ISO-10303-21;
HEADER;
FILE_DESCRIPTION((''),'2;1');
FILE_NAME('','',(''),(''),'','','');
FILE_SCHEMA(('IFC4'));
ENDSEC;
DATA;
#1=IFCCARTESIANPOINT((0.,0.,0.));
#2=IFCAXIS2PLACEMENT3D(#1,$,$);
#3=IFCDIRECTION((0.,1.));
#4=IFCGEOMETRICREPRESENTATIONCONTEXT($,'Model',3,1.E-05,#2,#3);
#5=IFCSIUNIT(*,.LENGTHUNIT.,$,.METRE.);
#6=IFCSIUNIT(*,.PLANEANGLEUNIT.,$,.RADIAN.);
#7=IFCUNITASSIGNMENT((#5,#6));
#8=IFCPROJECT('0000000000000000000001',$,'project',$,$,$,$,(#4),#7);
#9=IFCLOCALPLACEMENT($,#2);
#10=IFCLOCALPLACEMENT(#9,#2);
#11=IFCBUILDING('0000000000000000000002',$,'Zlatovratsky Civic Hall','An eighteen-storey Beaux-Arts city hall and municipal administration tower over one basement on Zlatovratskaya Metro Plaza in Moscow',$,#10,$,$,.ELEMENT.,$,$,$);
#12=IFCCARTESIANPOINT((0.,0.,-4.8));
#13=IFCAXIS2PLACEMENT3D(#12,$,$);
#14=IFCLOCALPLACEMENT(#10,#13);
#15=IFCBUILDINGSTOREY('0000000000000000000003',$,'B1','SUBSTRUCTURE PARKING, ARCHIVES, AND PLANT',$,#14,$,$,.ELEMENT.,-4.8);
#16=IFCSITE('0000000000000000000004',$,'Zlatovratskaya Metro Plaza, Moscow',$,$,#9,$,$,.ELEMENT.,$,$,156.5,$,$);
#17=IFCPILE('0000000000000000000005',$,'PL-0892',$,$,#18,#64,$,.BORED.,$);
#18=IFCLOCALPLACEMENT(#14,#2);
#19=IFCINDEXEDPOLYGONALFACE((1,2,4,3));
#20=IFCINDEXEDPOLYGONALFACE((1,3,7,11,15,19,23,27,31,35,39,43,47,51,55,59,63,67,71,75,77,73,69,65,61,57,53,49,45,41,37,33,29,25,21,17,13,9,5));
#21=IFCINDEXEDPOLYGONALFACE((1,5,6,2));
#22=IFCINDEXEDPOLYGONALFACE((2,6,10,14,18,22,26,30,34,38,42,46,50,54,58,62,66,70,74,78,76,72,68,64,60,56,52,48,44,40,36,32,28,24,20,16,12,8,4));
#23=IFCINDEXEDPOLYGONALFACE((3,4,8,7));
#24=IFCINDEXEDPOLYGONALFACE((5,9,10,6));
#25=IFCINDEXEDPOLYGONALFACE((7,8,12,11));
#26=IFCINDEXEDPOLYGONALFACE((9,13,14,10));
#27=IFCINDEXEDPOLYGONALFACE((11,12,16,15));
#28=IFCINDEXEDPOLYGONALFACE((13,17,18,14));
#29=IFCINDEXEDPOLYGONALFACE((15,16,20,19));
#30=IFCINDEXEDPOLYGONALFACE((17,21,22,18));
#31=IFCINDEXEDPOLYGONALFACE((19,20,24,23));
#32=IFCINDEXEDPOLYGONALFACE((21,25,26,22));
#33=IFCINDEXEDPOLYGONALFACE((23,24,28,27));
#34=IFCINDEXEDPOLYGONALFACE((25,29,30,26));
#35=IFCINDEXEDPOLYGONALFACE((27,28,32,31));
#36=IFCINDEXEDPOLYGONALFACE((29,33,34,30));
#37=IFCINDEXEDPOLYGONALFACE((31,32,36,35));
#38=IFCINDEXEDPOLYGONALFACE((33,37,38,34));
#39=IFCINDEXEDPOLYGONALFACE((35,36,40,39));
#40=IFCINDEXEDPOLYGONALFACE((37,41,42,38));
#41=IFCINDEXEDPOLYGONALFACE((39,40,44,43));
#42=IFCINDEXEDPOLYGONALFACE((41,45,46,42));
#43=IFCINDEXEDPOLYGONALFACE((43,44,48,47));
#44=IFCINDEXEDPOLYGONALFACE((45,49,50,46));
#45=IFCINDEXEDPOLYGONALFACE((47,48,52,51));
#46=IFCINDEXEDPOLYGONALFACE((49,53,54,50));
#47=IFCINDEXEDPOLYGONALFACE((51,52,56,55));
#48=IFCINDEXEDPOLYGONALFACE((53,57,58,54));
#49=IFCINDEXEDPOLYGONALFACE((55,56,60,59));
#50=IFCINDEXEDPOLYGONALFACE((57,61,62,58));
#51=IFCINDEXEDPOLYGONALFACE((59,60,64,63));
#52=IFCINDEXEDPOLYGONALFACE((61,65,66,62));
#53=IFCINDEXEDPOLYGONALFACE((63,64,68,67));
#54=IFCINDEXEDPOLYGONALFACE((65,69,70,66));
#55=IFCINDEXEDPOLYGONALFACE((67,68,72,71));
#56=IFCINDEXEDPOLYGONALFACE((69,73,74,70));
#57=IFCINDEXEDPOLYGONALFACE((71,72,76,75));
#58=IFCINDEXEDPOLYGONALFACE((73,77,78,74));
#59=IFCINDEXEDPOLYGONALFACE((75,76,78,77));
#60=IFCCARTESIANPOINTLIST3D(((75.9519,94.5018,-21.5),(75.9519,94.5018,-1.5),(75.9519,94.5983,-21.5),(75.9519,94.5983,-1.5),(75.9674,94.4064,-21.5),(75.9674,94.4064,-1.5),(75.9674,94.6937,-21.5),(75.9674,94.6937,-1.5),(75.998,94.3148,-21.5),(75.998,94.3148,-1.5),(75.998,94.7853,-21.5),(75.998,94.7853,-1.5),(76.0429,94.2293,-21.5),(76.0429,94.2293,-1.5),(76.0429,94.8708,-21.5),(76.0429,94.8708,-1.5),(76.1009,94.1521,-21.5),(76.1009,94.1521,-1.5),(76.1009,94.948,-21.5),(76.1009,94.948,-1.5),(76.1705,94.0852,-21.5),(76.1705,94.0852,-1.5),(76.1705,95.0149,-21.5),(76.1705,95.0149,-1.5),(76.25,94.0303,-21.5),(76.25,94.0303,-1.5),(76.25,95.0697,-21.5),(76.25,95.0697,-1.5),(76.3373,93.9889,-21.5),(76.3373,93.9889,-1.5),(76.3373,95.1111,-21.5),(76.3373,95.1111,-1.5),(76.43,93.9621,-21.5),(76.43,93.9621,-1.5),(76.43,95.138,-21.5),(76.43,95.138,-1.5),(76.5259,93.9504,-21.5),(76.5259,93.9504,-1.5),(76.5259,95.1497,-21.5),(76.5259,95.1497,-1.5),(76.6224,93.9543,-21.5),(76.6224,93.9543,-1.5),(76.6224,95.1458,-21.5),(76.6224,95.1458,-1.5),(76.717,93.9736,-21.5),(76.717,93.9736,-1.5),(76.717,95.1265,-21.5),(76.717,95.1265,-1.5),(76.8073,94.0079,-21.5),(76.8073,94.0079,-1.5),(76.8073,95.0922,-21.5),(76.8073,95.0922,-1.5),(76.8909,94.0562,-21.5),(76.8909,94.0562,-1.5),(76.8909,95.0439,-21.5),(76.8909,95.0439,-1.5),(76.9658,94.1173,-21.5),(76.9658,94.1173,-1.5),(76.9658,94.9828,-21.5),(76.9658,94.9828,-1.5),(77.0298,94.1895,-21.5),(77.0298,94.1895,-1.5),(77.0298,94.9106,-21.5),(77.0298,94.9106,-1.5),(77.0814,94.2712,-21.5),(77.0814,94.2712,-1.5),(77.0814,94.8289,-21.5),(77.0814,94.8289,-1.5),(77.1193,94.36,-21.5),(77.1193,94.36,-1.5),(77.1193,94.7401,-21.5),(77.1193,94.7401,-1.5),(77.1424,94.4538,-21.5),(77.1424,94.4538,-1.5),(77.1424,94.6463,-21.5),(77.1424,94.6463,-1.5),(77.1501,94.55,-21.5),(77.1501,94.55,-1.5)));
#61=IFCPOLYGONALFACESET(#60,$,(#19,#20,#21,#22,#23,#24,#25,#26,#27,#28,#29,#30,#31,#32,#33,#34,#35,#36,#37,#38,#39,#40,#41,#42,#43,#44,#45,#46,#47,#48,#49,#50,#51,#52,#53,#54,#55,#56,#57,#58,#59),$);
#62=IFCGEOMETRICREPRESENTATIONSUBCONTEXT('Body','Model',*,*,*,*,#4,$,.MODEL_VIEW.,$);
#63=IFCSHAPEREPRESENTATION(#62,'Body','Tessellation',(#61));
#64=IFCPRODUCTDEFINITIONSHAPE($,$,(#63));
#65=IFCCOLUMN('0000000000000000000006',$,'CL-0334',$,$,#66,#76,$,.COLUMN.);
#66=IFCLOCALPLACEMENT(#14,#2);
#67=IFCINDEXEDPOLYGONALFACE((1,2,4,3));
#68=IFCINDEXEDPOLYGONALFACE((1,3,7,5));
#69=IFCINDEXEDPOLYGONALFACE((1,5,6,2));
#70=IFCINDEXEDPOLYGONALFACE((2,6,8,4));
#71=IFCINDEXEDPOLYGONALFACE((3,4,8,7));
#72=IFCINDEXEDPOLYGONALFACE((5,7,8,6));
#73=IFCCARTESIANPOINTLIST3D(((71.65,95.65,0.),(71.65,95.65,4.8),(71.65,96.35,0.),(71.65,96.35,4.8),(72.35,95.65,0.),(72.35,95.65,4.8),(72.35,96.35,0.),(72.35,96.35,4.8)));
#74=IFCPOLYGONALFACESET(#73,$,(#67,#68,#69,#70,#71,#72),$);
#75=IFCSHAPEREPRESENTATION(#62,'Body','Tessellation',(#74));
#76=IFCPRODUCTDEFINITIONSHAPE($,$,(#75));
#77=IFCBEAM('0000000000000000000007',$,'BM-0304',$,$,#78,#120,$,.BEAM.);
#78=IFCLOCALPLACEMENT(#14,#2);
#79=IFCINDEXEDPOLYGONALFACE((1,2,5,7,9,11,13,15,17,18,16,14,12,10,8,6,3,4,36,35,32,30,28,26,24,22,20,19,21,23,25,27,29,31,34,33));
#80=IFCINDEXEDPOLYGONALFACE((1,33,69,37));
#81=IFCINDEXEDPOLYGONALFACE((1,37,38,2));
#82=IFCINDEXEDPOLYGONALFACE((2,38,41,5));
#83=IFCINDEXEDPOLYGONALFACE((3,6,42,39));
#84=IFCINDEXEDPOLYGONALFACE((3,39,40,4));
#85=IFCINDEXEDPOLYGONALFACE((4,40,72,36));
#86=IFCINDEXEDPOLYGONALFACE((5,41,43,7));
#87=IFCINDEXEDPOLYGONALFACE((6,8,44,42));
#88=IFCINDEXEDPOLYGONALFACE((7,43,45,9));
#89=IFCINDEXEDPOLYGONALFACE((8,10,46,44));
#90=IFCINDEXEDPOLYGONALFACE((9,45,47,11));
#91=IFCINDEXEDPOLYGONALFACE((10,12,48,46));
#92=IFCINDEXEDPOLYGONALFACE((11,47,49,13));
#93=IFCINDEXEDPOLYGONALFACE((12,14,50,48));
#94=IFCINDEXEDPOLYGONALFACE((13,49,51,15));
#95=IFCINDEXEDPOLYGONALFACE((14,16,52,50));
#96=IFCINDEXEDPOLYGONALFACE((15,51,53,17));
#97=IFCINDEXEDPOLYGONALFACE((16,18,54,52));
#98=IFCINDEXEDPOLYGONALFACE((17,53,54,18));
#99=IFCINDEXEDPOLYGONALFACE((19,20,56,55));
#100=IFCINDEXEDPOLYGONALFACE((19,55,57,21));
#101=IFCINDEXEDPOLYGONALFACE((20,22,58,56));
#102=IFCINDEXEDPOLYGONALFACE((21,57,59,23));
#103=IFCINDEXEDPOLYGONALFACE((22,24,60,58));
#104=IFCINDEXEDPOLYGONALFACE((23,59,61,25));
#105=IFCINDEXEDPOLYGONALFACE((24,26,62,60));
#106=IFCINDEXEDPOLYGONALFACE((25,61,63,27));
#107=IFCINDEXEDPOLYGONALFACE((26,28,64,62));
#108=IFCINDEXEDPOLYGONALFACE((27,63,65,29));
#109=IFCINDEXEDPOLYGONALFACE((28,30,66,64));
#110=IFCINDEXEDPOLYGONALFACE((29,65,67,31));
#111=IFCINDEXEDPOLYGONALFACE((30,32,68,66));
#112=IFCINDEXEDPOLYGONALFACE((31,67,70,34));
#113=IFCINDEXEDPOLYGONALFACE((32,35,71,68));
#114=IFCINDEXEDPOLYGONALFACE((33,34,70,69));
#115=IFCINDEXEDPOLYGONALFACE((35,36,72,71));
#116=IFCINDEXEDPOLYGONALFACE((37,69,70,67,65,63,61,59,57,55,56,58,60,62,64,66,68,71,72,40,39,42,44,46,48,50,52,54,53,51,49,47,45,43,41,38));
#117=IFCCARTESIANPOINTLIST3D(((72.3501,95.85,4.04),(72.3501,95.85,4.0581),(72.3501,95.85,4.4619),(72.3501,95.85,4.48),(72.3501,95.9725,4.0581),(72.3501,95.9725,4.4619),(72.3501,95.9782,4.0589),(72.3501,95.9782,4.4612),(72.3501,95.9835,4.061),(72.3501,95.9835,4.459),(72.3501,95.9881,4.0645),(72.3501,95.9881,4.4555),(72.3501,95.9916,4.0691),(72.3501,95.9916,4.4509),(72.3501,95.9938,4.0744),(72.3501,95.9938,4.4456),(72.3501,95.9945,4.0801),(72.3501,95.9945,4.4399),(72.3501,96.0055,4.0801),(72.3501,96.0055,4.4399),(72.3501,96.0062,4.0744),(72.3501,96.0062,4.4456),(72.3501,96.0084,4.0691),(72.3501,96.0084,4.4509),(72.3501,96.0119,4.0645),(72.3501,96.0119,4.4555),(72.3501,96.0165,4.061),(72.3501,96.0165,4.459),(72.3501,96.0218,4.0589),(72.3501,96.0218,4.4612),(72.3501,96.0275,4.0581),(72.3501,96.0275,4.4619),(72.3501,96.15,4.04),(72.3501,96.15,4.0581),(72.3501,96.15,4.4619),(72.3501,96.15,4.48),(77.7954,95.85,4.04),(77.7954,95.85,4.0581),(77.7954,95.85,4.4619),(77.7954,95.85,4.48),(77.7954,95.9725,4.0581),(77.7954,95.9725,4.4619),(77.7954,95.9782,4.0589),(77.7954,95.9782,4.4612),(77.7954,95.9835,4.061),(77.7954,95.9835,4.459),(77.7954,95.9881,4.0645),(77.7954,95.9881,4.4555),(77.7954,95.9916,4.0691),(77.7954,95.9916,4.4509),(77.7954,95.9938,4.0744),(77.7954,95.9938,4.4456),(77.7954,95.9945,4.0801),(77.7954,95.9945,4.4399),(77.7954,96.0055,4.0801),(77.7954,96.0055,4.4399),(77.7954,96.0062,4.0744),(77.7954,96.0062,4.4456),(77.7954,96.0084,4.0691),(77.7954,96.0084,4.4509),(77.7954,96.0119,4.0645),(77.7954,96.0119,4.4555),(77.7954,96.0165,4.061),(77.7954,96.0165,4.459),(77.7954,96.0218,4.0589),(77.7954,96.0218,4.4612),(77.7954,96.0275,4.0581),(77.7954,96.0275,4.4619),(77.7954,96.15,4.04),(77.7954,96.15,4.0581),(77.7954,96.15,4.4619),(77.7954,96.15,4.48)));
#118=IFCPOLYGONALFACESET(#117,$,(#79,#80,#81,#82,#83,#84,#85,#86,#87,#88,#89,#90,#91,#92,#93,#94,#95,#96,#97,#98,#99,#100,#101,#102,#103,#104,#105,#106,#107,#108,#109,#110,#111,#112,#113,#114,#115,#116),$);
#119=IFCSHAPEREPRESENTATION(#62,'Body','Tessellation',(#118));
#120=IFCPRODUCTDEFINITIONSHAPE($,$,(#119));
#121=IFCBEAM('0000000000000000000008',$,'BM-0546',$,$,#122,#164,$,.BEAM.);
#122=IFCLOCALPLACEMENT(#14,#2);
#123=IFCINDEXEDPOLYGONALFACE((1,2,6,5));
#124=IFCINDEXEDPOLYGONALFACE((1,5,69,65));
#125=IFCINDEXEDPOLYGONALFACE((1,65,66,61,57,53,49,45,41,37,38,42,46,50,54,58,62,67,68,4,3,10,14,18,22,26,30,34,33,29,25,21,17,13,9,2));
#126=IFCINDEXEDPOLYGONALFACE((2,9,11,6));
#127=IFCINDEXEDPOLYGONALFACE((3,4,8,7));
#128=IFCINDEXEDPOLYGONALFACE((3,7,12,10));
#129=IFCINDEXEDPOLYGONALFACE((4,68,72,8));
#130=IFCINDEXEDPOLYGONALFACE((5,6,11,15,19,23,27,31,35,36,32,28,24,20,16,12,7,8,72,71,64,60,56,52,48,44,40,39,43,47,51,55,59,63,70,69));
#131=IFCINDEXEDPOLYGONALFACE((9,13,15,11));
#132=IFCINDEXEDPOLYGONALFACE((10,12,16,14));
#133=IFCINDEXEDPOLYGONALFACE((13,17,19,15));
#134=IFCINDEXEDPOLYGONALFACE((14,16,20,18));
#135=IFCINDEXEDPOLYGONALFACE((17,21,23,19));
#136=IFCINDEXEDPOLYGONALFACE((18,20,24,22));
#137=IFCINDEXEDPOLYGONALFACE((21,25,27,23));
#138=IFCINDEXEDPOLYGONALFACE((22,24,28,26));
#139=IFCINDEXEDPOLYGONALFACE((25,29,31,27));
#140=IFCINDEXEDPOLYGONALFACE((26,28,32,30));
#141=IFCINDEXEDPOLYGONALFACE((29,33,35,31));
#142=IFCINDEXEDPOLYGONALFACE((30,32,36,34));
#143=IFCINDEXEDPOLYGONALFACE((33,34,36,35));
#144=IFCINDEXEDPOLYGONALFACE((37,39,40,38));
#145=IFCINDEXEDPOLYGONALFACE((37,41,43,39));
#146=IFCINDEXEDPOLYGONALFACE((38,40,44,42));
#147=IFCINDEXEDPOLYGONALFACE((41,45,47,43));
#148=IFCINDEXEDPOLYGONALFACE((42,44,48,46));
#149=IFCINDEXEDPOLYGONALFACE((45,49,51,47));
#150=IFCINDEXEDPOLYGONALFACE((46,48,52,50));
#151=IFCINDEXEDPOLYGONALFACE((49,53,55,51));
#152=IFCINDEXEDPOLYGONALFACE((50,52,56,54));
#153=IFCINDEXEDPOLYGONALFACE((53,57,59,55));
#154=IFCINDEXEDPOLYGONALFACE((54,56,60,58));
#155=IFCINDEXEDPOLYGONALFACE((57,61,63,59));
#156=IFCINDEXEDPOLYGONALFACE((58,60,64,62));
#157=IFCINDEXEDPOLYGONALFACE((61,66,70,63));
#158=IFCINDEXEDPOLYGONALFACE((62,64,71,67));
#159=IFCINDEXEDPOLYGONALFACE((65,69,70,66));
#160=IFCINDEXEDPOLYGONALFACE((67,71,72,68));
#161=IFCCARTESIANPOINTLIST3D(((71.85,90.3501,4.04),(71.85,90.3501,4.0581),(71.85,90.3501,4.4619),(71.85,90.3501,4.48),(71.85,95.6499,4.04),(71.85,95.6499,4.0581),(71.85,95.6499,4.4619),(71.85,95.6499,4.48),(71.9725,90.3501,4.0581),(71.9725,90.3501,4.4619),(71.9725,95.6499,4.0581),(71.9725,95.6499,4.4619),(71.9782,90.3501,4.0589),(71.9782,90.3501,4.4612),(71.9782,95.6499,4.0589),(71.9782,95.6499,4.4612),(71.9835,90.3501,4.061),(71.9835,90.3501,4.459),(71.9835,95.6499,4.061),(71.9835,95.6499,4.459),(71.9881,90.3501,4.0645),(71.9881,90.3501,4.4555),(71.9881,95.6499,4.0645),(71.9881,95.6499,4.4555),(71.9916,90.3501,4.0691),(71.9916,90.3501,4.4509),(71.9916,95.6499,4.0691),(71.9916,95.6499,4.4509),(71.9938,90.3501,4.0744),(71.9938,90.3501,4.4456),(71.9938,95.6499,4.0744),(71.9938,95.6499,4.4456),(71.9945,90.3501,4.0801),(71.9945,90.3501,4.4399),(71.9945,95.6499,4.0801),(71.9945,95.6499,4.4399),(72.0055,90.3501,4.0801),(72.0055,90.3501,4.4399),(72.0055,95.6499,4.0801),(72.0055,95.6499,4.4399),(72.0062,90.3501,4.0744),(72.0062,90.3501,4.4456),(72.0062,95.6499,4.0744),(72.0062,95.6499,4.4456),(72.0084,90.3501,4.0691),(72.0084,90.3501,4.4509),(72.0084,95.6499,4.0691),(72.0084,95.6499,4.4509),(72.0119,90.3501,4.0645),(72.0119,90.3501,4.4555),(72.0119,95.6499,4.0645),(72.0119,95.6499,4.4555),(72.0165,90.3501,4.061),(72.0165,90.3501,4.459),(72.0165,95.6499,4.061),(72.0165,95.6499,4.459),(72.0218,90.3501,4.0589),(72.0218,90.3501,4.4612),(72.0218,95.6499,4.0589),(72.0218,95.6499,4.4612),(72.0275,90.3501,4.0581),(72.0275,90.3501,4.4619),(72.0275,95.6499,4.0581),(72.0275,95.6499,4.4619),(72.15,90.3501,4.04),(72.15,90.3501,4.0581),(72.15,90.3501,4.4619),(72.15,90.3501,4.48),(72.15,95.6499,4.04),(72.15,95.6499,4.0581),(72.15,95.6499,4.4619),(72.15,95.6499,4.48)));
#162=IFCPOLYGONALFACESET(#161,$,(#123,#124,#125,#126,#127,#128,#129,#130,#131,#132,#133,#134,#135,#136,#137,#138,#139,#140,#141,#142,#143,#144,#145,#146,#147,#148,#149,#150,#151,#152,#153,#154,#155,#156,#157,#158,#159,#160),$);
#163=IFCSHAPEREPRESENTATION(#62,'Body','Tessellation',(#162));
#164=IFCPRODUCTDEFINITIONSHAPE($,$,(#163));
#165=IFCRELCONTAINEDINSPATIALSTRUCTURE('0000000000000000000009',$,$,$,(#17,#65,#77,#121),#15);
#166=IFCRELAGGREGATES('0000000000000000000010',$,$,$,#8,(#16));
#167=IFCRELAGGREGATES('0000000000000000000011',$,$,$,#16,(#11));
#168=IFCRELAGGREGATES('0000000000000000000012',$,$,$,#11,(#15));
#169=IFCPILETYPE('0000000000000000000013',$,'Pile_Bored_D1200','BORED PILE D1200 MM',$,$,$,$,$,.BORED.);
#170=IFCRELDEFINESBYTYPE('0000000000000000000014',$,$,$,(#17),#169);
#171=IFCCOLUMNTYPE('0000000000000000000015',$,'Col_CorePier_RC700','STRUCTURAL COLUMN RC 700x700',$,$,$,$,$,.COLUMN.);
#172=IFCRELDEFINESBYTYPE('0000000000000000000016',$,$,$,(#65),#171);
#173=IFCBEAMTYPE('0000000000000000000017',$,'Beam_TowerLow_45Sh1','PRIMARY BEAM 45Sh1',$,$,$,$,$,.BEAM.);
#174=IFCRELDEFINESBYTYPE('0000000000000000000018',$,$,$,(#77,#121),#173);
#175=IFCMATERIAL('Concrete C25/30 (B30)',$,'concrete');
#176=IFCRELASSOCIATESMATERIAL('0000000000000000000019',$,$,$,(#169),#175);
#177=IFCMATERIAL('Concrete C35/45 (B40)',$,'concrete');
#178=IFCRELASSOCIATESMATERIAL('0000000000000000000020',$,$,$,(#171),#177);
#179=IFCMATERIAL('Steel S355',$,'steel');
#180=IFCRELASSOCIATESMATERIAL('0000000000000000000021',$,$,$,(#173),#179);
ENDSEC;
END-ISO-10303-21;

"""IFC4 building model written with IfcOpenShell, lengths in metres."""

from ifc_helpers import new_model, si_unit, direction, frame, origin, origin_2d, place, context, subcontext, project, spatial, rectangle, circle, i_section, extrude, material, material_profile, profile_set, type_object, element, save


model = new_model("IFC4")

# Units and contexts
model_context = context("Model", 3, precision=1e-05, world=origin(), true_north=direction((0.0, 1.0)))
body_context = subcontext(model_context, "Body", "Model", "MODEL_VIEW")
ifc_project = project(units=[si_unit("LENGTHUNIT", "METRE"), si_unit("PLANEANGLEUNIT", "RADIAN")], contexts=[model_context])

# Site, building, storey
site_placement = place(None, origin())
site = spatial("IfcSite", under=ifc_project, at=site_placement, Name="Zlatovratskaya Metro Plaza, Moscow", CompositionType="ELEMENT", RefElevation=156.5)
building_placement = place(site_placement, origin())
building = spatial("IfcBuilding", under=site, at=building_placement, Name="Zlatovratsky Civic Hall", Description="An eighteen-storey Beaux-Arts city hall and municipal administration tower over one basement on Zlatovratskaya Metro Plaza in Moscow", CompositionType="ELEMENT")
storey_placement = place(building_placement, frame((0.0, 0.0, -4.8)))
storey = spatial("IfcBuildingStorey", under=building, at=storey_placement, Name="B1", Description="SUBSTRUCTURE PARKING, ARCHIVES, AND PLANT", CompositionType="ELEMENT", Elevation=-4.8)

# Shared definitions
ifc_material_1 = material(Name="Concrete C25/30 (B30)", Category="concrete")

# Pile
ifc_material_profile_1 = material_profile(ifc_material_1, circle(Radius=0.6001, at=origin_2d()), Name="PILE D1200")
ifc_profile_set_1 = profile_set([ifc_material_profile_1], Name="Concrete C25/30 (B30)")
pile_type = type_object("IfcPileType", Name="Pile_Bored_D1200", Description="BORED PILE D1200 MM", PredefinedType="BORED", material=ifc_profile_set_1)
for number, where, z_axis, x_axis, name in (
    (1, (76.55, 94.55, -1.5), (0.0, 0.0, -1.0), (1.0, 0.0, 0.0), "PL-0892"),
):
    element("IfcPile", number, at=place(storey_placement, frame(where, z_axis=z_axis, x_axis=x_axis)), inside=storey, type_object=pile_type, Name=name, PredefinedType="BORED", context=body_context, shape_type="SweptSolid", body=[
        extrude(circle(Radius=0.6001, at=origin_2d()), origin(), (0.0, 0.0, 1.0), 20.0),
    ])

# Column
ifc_material_2 = material(Name="Concrete C35/45 (B40)", Category="concrete")
ifc_material_profile_2 = material_profile(ifc_material_2, rectangle(XDim=0.7, YDim=0.7, at=origin_2d()), Name="RC 700x700")
ifc_profile_set_2 = profile_set([ifc_material_profile_2], Name="Concrete C35/45 (B40)")
column_type = type_object("IfcColumnType", Name="Col_CorePier_RC700", Description="STRUCTURAL COLUMN RC 700x700", PredefinedType="COLUMN", material=ifc_profile_set_2)
column_placement = place(storey_placement, frame((72.0, 96.0, 0.0), z_axis=(0.0, 0.0, 1.0), x_axis=(1.0, 0.0, 0.0)))
element("IfcColumn", 2, at=column_placement, inside=storey, type_object=column_type, Name="CL-0334", PredefinedType="COLUMN", context=body_context, shape_type="SweptSolid", body=[
    extrude(rectangle(XDim=0.7, YDim=0.7, at=origin_2d()), origin(), (0.0, 0.0, 1.0), 4.8),
])

# Beams
ifc_material_3 = material(Name="Steel S355", Category="steel")
ifc_material_profile_3 = material_profile(ifc_material_3, i_section(OverallWidth=0.3, OverallDepth=0.4399, WebThickness=0.011, FlangeThickness=0.0181, FilletRadius=0.022, at=origin_2d()), Name="45Sh1")
ifc_profile_set_3 = profile_set([ifc_material_profile_3], Name="Steel S355")
beam_type = type_object("IfcBeamType", Name="Beam_TowerLow_45Sh1", Description="PRIMARY BEAM 45Sh1", PredefinedType="BEAM", material=ifc_profile_set_3)
beam_1_placement = place(storey_placement, frame((72.3501, 96.0, 4.26), z_axis=(1.0, 0.0, 0.0), x_axis=(0.0, 1.0, 0.0)))
element("IfcBeam", 3, at=beam_1_placement, inside=storey, type_object=beam_type, Name="BM-0304", PredefinedType="BEAM", context=body_context, shape_type="SweptSolid", body=[
    extrude(i_section(OverallWidth=0.3, OverallDepth=0.4399, WebThickness=0.011, FlangeThickness=0.0181, FilletRadius=0.022, at=origin_2d()), origin(), (0.0, 0.0, 1.0), 5.4453),
])
beam_2_placement = place(storey_placement, frame((72.0, 90.3501, 4.26), z_axis=(0.0, 1.0, 0.0), x_axis=(-1.0, 0.0, 0.0)))
element("IfcBeam", 4, at=beam_2_placement, inside=storey, type_object=beam_type, Name="BM-0546", PredefinedType="BEAM", context=body_context, shape_type="SweptSolid", body=[
    extrude(i_section(OverallWidth=0.3, OverallDepth=0.4399, WebThickness=0.011, FlangeThickness=0.0181, FilletRadius=0.022, at=origin_2d()), origin(), (0.0, 0.0, 1.0), 5.2998),
])

save(model, "model.ifc")
